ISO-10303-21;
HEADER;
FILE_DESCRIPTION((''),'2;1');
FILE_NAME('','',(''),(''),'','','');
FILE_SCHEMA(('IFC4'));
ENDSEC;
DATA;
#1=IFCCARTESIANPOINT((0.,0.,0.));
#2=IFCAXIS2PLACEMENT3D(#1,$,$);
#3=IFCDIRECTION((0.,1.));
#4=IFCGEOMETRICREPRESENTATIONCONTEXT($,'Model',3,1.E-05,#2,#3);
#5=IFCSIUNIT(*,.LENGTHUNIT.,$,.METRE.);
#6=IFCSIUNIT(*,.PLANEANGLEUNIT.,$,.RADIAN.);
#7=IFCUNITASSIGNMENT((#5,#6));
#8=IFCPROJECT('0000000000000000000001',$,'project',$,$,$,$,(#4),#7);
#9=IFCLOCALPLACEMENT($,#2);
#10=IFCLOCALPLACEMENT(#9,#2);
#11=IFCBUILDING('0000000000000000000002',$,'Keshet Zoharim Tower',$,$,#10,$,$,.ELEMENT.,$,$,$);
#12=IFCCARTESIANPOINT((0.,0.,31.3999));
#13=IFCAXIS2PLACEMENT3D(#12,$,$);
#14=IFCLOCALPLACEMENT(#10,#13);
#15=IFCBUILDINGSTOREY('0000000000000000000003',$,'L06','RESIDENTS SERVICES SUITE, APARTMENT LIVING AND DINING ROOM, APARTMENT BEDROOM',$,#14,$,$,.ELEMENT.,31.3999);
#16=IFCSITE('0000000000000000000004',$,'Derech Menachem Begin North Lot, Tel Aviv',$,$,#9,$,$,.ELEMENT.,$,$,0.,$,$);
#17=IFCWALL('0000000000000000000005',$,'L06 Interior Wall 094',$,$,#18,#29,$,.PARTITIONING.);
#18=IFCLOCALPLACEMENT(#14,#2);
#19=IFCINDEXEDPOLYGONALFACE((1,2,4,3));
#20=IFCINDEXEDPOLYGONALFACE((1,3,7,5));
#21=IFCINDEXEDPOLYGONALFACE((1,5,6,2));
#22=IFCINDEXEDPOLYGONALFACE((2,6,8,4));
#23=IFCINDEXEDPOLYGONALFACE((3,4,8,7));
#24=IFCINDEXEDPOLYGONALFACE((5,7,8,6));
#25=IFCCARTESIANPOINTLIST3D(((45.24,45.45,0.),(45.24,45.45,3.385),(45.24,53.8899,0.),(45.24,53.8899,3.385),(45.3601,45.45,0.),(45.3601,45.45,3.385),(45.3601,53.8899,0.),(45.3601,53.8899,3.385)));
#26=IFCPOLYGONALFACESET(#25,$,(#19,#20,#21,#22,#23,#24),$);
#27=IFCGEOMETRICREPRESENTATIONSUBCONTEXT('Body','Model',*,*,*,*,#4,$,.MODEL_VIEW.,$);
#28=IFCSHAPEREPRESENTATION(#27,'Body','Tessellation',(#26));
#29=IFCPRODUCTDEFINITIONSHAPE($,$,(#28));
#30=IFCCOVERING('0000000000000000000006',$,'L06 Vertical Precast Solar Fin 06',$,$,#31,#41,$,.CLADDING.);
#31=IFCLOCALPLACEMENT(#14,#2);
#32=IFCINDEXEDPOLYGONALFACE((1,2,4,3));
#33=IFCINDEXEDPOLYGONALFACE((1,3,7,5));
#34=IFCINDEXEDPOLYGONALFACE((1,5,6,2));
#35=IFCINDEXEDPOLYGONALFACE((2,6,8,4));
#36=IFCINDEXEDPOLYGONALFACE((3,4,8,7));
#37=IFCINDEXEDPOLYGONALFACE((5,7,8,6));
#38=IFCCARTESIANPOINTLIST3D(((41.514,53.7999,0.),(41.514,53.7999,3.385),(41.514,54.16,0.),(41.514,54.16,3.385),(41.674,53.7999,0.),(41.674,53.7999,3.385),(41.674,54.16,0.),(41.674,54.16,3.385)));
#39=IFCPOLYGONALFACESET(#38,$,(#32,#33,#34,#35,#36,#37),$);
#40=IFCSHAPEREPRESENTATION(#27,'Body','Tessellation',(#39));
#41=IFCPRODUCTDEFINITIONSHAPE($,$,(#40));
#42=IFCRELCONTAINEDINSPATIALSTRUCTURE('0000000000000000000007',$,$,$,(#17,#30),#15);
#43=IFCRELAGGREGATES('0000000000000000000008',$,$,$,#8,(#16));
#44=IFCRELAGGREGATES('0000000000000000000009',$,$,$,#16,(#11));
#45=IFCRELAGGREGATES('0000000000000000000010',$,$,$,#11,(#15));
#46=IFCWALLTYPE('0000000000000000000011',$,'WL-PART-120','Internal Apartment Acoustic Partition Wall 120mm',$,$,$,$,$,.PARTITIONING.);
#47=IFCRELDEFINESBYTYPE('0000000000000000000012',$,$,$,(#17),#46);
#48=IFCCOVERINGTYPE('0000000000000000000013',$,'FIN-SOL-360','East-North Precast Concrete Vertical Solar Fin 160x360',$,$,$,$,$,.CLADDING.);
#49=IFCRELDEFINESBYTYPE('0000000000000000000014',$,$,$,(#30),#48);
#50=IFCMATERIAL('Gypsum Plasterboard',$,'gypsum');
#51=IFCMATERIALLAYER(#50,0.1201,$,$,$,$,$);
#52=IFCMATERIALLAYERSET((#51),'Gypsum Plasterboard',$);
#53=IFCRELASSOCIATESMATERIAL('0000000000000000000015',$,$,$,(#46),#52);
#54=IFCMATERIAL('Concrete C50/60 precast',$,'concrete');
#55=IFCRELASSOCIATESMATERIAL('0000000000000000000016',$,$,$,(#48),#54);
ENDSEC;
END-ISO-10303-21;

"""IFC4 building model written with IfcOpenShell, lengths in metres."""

from ifc_helpers import new_model, si_unit, direction, frame, frame_2d, origin, origin_2d, place, context, subcontext, project, spatial, rectangle, extrude, material, layer, layer_set, type_object, element, save


model = new_model("IFC4")

# Units and contexts
model_context = context("Model", 3, precision=1e-05, world=origin(), true_north=direction((0.0, 1.0)))
body_context = subcontext(model_context, "Body", "Model", "MODEL_VIEW")
ifc_project = project(units=[si_unit("LENGTHUNIT", "METRE"), si_unit("PLANEANGLEUNIT", "RADIAN")], contexts=[model_context])

# Site, building, storey
site_placement = place(None, origin())
site = spatial("IfcSite", under=ifc_project, at=site_placement, Name="Derech Menachem Begin North Lot, Tel Aviv", CompositionType="ELEMENT", RefElevation=0.0)
building_placement = place(site_placement, origin())
building = spatial("IfcBuilding", under=site, at=building_placement, Name="Keshet Zoharim Tower", CompositionType="ELEMENT")
storey_placement = place(building_placement, frame((0.0, 0.0, 31.3999)))
storey = spatial("IfcBuildingStorey", under=building, at=storey_placement, Name="L06", Description="RESIDENTS SERVICES SUITE, APARTMENT LIVING AND DINING ROOM, APARTMENT BEDROOM", CompositionType="ELEMENT", Elevation=31.3999)

# Wall
ifc_material_1 = material(Name="Gypsum Plasterboard", Category="gypsum")
ifc_layer_1 = layer(ifc_material_1, 0.1201)
ifc_layer_set_1 = layer_set([ifc_layer_1], Name="Gypsum Plasterboard")
wall_type = type_object("IfcWallType", Name="WL-PART-120", Description="Internal Apartment Acoustic Partition Wall 120mm", PredefinedType="PARTITIONING", material=ifc_layer_set_1)
for number, where, z_axis, x_axis, name in (
    (1, (45.3, 45.45, 0.0), (0.0, 0.0, 1.0), (0.0, 1.0, 0.0), "L06 Interior Wall 094"),
):
    element("IfcWall", number, at=place(storey_placement, frame(where, z_axis=z_axis, x_axis=x_axis)), inside=storey, type_object=wall_type, Name=name, PredefinedType="PARTITIONING", context=body_context, shape_type="SweptSolid", body=[
        extrude(rectangle(XDim=8.4399, YDim=0.1201, at=frame_2d((4.22, 0.0))), origin(), (0.0, 0.0, 1.0), 3.385),
    ])

# Covering
ifc_material_2 = material(Name="Concrete C50/60 precast", Category="concrete")
covering_type = type_object("IfcCoveringType", Name="FIN-SOL-360", Description="East-North Precast Concrete Vertical Solar Fin 160x360", PredefinedType="CLADDING", material=ifc_material_2)
covering_placement = place(storey_placement, frame((41.594, 53.98, 0.0), z_axis=(0.0, 0.0, 1.0), x_axis=(1.0, 0.0, 0.0)))
element("IfcCovering", 2, at=covering_placement, inside=storey, type_object=covering_type, Name="L06 Vertical Precast Solar Fin 06", PredefinedType="CLADDING", context=body_context, shape_type="SweptSolid", body=[
    extrude(rectangle(XDim=0.1599, YDim=0.3601, at=origin_2d()), origin(), (0.0, 0.0, 1.0), 3.385),
])

save(model, "model.ifc")
